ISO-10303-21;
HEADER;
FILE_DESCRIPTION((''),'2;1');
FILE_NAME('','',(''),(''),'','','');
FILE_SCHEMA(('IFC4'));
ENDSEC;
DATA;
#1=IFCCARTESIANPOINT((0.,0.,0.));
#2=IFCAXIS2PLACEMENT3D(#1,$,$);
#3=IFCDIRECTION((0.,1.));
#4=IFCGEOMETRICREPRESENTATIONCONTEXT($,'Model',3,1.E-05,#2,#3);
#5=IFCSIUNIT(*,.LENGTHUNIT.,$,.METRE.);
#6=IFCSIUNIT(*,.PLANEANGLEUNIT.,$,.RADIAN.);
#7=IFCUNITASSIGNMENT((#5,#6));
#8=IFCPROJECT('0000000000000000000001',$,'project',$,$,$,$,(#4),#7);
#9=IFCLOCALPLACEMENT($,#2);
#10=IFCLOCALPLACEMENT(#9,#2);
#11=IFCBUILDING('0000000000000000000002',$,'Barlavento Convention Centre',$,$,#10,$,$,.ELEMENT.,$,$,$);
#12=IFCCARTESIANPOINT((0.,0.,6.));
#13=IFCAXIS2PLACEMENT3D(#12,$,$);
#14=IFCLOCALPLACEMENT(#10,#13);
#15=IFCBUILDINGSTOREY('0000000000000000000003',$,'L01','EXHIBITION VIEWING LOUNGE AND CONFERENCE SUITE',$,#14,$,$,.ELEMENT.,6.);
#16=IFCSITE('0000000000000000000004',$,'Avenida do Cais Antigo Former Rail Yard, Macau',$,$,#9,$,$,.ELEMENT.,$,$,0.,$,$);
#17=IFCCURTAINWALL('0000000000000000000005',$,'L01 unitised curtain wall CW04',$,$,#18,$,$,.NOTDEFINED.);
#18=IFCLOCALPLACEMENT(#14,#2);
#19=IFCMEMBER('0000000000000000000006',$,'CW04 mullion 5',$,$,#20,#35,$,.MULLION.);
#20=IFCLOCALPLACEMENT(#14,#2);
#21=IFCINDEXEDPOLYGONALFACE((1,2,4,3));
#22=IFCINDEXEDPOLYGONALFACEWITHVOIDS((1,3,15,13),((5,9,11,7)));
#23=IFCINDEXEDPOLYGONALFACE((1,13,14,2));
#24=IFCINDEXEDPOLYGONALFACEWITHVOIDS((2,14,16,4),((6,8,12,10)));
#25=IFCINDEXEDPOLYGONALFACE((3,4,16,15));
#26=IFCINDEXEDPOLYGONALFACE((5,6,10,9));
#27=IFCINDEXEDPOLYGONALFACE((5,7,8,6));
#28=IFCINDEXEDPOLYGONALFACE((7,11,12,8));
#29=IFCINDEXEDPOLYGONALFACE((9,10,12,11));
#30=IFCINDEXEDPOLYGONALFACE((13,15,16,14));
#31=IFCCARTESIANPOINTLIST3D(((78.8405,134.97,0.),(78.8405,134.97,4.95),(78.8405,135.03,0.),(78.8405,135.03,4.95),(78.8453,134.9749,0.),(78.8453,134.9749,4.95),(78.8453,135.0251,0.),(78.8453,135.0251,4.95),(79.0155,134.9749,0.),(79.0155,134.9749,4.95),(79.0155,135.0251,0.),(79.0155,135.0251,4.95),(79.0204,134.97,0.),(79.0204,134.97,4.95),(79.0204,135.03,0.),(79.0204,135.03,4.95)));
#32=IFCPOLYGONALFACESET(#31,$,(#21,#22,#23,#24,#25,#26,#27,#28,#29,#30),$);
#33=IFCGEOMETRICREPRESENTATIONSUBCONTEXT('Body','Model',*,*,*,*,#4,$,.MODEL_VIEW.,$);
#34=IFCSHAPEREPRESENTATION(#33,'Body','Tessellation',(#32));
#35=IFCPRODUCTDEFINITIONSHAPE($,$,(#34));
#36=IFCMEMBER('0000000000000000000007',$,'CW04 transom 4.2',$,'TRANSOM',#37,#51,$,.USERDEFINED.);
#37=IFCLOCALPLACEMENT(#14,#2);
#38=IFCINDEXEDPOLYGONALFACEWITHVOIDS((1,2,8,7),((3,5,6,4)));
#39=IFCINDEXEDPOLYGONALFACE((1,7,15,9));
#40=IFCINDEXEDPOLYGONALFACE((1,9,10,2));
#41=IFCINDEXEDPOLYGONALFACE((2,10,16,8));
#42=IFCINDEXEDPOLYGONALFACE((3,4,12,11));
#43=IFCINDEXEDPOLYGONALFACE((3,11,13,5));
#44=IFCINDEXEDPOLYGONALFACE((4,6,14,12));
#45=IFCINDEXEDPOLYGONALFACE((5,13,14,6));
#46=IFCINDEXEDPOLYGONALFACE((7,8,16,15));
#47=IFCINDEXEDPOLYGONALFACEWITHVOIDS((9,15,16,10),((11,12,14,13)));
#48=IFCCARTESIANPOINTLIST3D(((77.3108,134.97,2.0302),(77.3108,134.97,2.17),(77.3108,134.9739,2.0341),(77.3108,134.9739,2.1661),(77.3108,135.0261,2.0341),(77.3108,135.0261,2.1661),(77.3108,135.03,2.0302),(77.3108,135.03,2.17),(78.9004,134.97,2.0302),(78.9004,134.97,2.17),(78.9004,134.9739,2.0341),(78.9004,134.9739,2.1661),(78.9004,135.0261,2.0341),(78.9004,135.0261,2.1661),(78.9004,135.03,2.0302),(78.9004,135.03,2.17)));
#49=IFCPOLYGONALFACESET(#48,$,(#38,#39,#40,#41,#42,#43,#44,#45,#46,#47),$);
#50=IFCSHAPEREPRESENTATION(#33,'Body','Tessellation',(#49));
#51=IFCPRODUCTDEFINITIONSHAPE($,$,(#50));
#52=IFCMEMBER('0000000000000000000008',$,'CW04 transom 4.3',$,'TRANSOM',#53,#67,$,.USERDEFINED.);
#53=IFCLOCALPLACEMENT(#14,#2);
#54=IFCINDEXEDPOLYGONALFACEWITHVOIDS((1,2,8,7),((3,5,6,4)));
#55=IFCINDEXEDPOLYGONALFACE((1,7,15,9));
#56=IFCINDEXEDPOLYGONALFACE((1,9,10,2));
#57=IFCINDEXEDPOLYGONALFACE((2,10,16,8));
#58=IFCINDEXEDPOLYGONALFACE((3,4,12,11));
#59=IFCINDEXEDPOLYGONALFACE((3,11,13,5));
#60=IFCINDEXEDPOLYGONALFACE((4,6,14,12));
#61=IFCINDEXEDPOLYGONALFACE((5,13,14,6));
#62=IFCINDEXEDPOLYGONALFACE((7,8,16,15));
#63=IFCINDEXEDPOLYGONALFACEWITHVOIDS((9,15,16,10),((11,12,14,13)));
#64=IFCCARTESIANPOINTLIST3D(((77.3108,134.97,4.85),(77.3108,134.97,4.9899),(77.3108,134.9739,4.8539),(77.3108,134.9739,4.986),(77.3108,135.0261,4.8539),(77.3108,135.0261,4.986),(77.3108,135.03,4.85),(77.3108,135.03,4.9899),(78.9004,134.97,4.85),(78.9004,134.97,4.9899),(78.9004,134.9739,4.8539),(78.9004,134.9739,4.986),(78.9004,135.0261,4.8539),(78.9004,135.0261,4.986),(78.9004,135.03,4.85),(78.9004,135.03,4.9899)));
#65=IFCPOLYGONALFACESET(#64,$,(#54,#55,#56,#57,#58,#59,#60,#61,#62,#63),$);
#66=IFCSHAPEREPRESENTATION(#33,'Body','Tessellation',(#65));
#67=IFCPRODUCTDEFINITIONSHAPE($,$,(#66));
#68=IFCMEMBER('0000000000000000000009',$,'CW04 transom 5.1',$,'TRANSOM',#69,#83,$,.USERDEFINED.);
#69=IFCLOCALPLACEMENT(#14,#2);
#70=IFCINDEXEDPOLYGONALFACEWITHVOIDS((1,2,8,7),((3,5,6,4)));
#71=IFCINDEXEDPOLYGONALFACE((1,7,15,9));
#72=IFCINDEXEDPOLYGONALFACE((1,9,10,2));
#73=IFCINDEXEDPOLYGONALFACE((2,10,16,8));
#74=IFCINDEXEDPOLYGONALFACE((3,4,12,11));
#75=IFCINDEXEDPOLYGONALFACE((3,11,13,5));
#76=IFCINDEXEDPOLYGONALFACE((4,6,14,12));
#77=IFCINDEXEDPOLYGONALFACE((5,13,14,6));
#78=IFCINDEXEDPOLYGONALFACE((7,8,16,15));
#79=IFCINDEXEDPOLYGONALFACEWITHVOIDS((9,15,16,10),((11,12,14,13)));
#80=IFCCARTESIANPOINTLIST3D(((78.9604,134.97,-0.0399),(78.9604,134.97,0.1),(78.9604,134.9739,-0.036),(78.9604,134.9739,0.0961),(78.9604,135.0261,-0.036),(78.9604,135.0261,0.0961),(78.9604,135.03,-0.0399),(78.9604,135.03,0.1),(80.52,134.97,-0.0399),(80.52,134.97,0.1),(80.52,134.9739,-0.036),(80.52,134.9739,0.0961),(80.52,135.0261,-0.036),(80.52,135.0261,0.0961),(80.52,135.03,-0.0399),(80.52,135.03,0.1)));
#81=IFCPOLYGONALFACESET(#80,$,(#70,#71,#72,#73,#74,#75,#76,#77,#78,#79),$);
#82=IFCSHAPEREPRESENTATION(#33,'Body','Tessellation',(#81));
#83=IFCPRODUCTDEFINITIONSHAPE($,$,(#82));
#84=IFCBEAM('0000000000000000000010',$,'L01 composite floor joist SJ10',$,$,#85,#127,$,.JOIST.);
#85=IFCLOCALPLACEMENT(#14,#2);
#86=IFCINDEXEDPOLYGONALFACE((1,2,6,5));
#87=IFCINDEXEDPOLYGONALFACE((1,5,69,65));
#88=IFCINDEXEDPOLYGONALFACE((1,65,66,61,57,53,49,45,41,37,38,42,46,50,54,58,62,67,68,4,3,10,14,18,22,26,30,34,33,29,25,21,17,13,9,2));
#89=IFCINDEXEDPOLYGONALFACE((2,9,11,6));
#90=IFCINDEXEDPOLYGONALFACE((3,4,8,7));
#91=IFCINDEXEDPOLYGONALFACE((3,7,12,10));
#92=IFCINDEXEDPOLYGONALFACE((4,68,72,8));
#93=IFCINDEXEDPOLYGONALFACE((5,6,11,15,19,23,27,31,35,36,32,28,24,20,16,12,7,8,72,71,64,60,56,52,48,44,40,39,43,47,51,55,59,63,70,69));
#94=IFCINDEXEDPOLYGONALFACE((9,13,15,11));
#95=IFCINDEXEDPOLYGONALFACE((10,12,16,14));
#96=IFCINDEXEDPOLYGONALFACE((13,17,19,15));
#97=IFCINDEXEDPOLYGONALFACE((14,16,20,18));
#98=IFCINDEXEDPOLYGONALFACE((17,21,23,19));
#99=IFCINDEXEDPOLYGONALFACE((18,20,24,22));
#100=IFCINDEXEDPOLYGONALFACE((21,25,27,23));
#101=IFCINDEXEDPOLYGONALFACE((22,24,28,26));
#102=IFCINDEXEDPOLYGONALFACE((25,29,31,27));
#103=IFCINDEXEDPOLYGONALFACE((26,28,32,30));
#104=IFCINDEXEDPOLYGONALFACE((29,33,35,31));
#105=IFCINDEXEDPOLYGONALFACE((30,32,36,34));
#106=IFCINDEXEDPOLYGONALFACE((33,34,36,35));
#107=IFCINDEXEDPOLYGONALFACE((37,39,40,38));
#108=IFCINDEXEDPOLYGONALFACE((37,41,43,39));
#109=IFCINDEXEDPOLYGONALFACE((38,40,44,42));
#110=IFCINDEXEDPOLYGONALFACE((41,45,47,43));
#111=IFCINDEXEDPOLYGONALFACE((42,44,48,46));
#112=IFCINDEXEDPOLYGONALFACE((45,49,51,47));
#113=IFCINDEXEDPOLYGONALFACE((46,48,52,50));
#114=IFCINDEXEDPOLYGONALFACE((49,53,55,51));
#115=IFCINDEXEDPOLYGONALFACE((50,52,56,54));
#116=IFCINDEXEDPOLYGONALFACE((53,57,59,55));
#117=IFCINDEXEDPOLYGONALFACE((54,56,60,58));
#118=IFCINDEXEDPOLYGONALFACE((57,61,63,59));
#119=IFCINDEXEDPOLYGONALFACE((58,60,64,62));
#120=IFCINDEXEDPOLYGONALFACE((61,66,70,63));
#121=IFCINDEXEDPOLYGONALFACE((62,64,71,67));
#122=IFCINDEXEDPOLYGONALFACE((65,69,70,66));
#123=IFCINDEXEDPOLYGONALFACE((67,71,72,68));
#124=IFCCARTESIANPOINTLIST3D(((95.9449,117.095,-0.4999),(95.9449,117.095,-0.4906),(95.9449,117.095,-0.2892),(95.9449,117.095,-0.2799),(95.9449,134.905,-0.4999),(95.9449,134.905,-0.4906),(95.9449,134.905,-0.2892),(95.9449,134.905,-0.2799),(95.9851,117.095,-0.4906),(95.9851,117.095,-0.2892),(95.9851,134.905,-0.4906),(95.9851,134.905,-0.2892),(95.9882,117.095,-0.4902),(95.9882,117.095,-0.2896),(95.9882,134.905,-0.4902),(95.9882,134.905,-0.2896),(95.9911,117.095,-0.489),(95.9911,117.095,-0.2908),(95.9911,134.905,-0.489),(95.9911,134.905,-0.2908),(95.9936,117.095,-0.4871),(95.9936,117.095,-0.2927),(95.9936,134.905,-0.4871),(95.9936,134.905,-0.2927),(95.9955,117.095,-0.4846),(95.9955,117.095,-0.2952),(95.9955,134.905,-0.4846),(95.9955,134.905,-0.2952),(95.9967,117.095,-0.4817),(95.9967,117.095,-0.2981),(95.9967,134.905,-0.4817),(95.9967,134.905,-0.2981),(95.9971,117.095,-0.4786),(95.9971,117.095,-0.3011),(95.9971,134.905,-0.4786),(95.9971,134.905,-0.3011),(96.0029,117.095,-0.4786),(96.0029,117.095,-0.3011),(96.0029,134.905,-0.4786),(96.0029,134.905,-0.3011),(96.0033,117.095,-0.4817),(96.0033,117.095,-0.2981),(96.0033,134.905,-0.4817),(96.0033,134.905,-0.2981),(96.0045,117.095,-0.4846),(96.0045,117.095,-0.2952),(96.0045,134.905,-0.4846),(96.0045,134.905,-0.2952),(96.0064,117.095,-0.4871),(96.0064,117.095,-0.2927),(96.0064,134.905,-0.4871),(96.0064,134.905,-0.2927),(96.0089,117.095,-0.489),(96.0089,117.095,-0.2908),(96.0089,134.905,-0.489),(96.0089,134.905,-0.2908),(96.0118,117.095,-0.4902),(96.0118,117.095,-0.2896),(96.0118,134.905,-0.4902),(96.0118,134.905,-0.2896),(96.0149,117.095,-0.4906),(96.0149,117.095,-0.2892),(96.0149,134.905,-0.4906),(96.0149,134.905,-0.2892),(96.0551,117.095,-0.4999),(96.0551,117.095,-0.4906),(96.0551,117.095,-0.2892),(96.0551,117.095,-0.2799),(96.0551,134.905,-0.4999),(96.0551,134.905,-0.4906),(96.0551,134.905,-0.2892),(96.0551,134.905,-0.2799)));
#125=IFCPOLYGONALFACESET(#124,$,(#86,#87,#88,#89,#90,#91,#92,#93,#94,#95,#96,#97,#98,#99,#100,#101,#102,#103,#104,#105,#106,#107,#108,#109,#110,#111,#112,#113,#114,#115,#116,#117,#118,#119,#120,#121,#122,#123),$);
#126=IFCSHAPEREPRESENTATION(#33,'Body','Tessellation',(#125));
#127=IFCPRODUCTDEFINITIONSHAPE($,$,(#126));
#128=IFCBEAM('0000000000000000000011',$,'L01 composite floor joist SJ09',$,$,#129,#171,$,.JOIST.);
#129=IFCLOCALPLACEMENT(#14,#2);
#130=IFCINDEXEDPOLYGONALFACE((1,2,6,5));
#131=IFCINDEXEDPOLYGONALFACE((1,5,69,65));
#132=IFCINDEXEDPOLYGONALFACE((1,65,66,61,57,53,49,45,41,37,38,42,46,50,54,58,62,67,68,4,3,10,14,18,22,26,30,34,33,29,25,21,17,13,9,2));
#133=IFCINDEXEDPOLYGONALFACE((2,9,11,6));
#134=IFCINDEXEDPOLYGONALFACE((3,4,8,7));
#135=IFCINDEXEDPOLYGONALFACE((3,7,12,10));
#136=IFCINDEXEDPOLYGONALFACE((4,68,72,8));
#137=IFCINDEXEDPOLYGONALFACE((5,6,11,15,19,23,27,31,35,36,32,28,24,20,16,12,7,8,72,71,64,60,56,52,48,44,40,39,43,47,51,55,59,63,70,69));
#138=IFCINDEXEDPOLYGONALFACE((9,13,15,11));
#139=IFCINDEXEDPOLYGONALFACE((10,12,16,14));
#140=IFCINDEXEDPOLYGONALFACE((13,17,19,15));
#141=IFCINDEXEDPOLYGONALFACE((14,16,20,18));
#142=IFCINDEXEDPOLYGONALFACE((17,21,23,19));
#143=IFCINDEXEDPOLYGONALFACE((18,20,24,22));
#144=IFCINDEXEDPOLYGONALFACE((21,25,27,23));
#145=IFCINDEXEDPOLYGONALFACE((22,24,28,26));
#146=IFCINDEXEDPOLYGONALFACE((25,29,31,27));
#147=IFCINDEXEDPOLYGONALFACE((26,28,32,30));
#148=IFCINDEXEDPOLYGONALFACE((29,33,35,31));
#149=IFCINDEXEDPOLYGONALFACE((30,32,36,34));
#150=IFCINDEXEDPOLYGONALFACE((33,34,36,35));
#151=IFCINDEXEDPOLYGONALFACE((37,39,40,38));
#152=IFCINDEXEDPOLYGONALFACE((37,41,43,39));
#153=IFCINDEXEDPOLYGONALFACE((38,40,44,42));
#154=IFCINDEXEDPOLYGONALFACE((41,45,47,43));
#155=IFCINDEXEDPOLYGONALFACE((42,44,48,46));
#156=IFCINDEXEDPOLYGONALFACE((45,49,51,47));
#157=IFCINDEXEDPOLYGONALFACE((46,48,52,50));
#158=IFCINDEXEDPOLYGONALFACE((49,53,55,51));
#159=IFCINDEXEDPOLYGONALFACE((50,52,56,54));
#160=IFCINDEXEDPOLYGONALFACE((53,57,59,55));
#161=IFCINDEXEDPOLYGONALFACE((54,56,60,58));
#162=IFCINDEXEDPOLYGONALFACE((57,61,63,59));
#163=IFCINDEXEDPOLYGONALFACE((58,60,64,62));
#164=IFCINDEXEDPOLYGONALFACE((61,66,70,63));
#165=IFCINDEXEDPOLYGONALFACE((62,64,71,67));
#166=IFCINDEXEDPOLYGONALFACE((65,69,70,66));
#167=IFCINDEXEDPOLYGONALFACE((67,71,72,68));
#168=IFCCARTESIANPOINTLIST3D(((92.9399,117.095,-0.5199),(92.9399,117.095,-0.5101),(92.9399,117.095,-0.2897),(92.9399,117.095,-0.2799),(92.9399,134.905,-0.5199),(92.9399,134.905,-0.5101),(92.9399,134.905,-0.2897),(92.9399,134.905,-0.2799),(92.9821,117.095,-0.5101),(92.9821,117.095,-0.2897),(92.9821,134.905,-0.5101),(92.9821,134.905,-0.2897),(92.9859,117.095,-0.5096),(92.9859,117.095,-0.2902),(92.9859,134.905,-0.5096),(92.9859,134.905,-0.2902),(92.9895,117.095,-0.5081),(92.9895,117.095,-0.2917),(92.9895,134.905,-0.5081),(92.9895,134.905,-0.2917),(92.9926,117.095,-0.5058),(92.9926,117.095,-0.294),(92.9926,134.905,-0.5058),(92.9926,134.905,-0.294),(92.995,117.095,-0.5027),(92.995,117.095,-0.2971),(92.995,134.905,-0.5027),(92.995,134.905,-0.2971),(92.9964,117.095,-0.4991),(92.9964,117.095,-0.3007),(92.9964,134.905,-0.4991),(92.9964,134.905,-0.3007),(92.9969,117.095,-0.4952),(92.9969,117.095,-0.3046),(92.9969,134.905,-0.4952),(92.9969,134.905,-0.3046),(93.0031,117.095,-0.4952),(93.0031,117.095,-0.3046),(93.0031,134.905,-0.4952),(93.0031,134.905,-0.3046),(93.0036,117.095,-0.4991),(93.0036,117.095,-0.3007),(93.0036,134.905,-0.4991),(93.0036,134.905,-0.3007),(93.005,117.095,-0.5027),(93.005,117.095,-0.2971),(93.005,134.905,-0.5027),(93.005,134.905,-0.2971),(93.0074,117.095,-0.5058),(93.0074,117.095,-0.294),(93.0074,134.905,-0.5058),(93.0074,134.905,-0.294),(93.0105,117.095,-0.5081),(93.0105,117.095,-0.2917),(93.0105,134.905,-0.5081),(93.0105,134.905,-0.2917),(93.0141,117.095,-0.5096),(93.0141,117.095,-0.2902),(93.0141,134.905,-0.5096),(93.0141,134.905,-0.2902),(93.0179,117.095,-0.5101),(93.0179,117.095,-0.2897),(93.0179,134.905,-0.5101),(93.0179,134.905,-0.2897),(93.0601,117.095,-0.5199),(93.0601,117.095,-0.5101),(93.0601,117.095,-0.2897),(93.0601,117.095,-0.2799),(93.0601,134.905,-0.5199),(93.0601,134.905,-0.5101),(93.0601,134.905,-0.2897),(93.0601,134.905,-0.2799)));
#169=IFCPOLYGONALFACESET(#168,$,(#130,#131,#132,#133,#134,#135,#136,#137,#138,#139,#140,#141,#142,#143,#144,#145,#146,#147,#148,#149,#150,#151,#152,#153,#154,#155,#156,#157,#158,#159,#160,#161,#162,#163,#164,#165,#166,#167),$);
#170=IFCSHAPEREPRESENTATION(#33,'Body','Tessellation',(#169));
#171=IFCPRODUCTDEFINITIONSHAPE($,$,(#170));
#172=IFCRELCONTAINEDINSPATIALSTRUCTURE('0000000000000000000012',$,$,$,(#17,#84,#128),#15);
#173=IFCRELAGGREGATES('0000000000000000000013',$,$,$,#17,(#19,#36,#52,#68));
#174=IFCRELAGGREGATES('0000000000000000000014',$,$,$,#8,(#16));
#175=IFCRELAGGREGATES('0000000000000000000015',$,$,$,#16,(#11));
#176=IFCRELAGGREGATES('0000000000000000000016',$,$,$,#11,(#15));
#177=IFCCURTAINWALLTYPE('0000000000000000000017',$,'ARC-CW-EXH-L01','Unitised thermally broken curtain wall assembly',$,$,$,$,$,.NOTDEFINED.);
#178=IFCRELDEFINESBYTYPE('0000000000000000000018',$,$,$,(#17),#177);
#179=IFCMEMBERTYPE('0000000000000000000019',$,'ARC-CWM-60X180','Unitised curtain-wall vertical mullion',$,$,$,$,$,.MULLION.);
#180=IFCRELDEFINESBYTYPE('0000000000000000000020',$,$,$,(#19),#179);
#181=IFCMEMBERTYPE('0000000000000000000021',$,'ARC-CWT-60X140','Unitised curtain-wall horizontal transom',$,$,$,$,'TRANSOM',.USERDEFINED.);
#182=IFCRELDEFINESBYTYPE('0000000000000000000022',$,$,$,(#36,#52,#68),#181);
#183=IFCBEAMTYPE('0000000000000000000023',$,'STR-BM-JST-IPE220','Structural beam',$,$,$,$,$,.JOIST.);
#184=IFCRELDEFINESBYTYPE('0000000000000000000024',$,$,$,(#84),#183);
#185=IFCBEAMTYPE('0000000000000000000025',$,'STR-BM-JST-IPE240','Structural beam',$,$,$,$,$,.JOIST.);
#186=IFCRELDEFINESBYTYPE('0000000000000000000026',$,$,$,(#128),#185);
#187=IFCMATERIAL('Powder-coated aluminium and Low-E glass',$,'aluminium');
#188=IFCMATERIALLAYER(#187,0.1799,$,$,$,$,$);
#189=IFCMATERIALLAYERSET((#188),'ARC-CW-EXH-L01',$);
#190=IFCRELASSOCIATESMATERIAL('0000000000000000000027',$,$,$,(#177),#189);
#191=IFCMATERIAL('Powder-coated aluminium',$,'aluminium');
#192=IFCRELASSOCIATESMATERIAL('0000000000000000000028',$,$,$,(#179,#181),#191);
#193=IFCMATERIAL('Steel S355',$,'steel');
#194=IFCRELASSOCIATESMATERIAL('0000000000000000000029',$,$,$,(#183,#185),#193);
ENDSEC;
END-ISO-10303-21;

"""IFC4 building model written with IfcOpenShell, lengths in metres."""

from ifc_helpers import new_model, si_unit, direction, frame, origin, origin_2d, place, context, subcontext, project, spatial, hollow_rectangle, i_section, extrude, material, layer, layer_set, material_profile, profile_set, type_object, element, aggregate, save


model = new_model("IFC4")

# Units and contexts
model_context = context("Model", 3, precision=1e-05, world=origin(), true_north=direction((0.0, 1.0)))
body_context = subcontext(model_context, "Body", "Model", "MODEL_VIEW")
ifc_project = project(units=[si_unit("LENGTHUNIT", "METRE"), si_unit("PLANEANGLEUNIT", "RADIAN")], contexts=[model_context])

# Site, building, storey
site_placement = place(None, origin())
site = spatial("IfcSite", under=ifc_project, at=site_placement, Name="Avenida do Cais Antigo Former Rail Yard, Macau", CompositionType="ELEMENT", RefElevation=0.0)
building_placement = place(site_placement, origin())
building = spatial("IfcBuilding", under=site, at=building_placement, Name="Barlavento Convention Centre", CompositionType="ELEMENT")
storey_placement = place(building_placement, frame((0.0, 0.0, 6.0)))
storey = spatial("IfcBuildingStorey", under=building, at=storey_placement, Name="L01", Description="EXHIBITION VIEWING LOUNGE AND CONFERENCE SUITE", CompositionType="ELEMENT", Elevation=6.0)

# Curtain wall, members
ifc_material_1 = material(Name="Powder-coated aluminium and Low-E glass", Category="aluminium")
ifc_layer_1 = layer(ifc_material_1, 0.1799)
ifc_layer_set_1 = layer_set([ifc_layer_1], Name="ARC-CW-EXH-L01")
curtain_wall_type = type_object("IfcCurtainWallType", Name="ARC-CW-EXH-L01", Description="Unitised thermally broken curtain wall assembly", PredefinedType="NOTDEFINED", material=ifc_layer_set_1)
curtain_wall_placement = place(storey_placement, origin())
curtain_wall = element("IfcCurtainWall", 1, at=curtain_wall_placement, inside=storey, type_object=curtain_wall_type, Name="L01 unitised curtain wall CW04", PredefinedType="NOTDEFINED")
ifc_material_2 = material(Name="Powder-coated aluminium", Category="aluminium")
ifc_material_profile_1 = material_profile(ifc_material_2, hollow_rectangle(XDim=0.0601, YDim=0.1799, WallThickness=0.0049, at=origin_2d()), Name="AL-MULL 60x180x5")
ifc_profile_set_1 = profile_set([ifc_material_profile_1], Name="Powder-coated aluminium")
member_type_1 = type_object("IfcMemberType", Name="ARC-CWM-60X180", Description="Unitised curtain-wall vertical mullion", PredefinedType="MULLION", material=ifc_profile_set_1)
member_1_placement = place(storey_placement, frame((78.9304, 135.0, 0.0), z_axis=(0.0, 0.0, 1.0), x_axis=(0.0, 1.0, 0.0)))
member_1 = element("IfcMember", 2, at=member_1_placement, type_object=member_type_1, Name="CW04 mullion 5", PredefinedType="MULLION", context=body_context, shape_type="SweptSolid", body=[
    extrude(hollow_rectangle(XDim=0.0601, YDim=0.1799, WallThickness=0.0049, at=origin_2d()), origin(), (0.0, 0.0, 1.0), 4.95),
])
ifc_material_profile_2 = material_profile(ifc_material_2, hollow_rectangle(XDim=0.0601, YDim=0.1399, WallThickness=0.0039, at=origin_2d()), Name="AL-TRAN 60x140x4")
ifc_profile_set_2 = profile_set([ifc_material_profile_2], Name="Powder-coated aluminium")
member_type_2 = type_object("IfcMemberType", Name="ARC-CWT-60X140", Description="Unitised curtain-wall horizontal transom", ElementType="TRANSOM", PredefinedType="USERDEFINED", material=ifc_profile_set_2)
member_2_placement = place(storey_placement, frame((77.3108, 135.0, 2.1001), z_axis=(1.0, 0.0, 0.0), x_axis=(0.0, 1.0, 0.0)))
member_2 = element("IfcMember", 3, at=member_2_placement, type_object=member_type_2, Name="CW04 transom 4.2", ObjectType="TRANSOM", PredefinedType="USERDEFINED", context=body_context, shape_type="SweptSolid", body=[
    extrude(hollow_rectangle(XDim=0.0601, YDim=0.1399, WallThickness=0.0039, at=origin_2d()), origin(), (0.0, 0.0, 1.0), 1.5896),
])
member_3_placement = place(storey_placement, frame((77.3108, 135.0, 4.9199), z_axis=(1.0, 0.0, 0.0), x_axis=(0.0, 1.0, 0.0)))
member_3 = element("IfcMember", 4, at=member_3_placement, type_object=member_type_2, Name="CW04 transom 4.3", ObjectType="TRANSOM", PredefinedType="USERDEFINED", context=body_context, shape_type="SweptSolid", body=[
    extrude(hollow_rectangle(XDim=0.0601, YDim=0.1399, WallThickness=0.0039, at=origin_2d()), origin(), (0.0, 0.0, 1.0), 1.5896),
])
member_4_placement = place(storey_placement, frame((78.9604, 135.0, 0.03), z_axis=(1.0, 0.0, 0.0), x_axis=(0.0, 1.0, 0.0)))
member_4 = element("IfcMember", 5, at=member_4_placement, type_object=member_type_2, Name="CW04 transom 5.1", ObjectType="TRANSOM", PredefinedType="USERDEFINED", context=body_context, shape_type="SweptSolid", body=[
    extrude(hollow_rectangle(XDim=0.0601, YDim=0.1399, WallThickness=0.0039, at=origin_2d()), origin(), (0.0, 0.0, 1.0), 1.5596),
])

# Beams
ifc_material_3 = material(Name="Steel S355", Category="steel")
ifc_material_profile_3 = material_profile(ifc_material_3, i_section(OverallWidth=0.1101, OverallDepth=0.22, WebThickness=0.0059, FlangeThickness=0.0093, FilletRadius=0.012, at=origin_2d()), Name="IPE 220")
ifc_profile_set_3 = profile_set([ifc_material_profile_3], Name="Steel S355")
beam_type_1 = type_object("IfcBeamType", Name="STR-BM-JST-IPE220", Description="Structural beam", PredefinedType="JOIST", material=ifc_profile_set_3)
beam_1_placement = place(storey_placement, frame((96.0, 117.095, -0.3899), z_axis=(0.0, 1.0, 0.0), x_axis=(-1.0, 0.0, 0.0)))
element("IfcBeam", 6, at=beam_1_placement, inside=storey, type_object=beam_type_1, Name="L01 composite floor joist SJ10", PredefinedType="JOIST", context=body_context, shape_type="SweptSolid", body=[
    extrude(i_section(OverallWidth=0.1101, OverallDepth=0.22, WebThickness=0.0059, FlangeThickness=0.0093, FilletRadius=0.012, at=origin_2d()), origin(), (0.0, 0.0, 1.0), 17.8101),
])
ifc_material_profile_4 = material_profile(ifc_material_3, i_section(OverallWidth=0.1201, OverallDepth=0.24, WebThickness=0.0061, FlangeThickness=0.0098, FilletRadius=0.0149, at=origin_2d()), Name="IPE 240")
ifc_profile_set_4 = profile_set([ifc_material_profile_4], Name="Steel S355")
beam_type_2 = type_object("IfcBeamType", Name="STR-BM-JST-IPE240", Description="Structural beam", PredefinedType="JOIST", material=ifc_profile_set_4)
beam_2_placement = place(storey_placement, frame((93.0, 117.095, -0.3999), z_axis=(0.0, 1.0, 0.0), x_axis=(-1.0, 0.0, 0.0)))
element("IfcBeam", 7, at=beam_2_placement, inside=storey, type_object=beam_type_2, Name="L01 composite floor joist SJ09", PredefinedType="JOIST", context=body_context, shape_type="SweptSolid", body=[
    extrude(i_section(OverallWidth=0.1201, OverallDepth=0.24, WebThickness=0.0061, FlangeThickness=0.0098, FilletRadius=0.0149, at=origin_2d()), origin(), (0.0, 0.0, 1.0), 17.8101),
])

aggregate(curtain_wall, [member_1, member_2, member_3, member_4])

save(model, "model.ifc")
